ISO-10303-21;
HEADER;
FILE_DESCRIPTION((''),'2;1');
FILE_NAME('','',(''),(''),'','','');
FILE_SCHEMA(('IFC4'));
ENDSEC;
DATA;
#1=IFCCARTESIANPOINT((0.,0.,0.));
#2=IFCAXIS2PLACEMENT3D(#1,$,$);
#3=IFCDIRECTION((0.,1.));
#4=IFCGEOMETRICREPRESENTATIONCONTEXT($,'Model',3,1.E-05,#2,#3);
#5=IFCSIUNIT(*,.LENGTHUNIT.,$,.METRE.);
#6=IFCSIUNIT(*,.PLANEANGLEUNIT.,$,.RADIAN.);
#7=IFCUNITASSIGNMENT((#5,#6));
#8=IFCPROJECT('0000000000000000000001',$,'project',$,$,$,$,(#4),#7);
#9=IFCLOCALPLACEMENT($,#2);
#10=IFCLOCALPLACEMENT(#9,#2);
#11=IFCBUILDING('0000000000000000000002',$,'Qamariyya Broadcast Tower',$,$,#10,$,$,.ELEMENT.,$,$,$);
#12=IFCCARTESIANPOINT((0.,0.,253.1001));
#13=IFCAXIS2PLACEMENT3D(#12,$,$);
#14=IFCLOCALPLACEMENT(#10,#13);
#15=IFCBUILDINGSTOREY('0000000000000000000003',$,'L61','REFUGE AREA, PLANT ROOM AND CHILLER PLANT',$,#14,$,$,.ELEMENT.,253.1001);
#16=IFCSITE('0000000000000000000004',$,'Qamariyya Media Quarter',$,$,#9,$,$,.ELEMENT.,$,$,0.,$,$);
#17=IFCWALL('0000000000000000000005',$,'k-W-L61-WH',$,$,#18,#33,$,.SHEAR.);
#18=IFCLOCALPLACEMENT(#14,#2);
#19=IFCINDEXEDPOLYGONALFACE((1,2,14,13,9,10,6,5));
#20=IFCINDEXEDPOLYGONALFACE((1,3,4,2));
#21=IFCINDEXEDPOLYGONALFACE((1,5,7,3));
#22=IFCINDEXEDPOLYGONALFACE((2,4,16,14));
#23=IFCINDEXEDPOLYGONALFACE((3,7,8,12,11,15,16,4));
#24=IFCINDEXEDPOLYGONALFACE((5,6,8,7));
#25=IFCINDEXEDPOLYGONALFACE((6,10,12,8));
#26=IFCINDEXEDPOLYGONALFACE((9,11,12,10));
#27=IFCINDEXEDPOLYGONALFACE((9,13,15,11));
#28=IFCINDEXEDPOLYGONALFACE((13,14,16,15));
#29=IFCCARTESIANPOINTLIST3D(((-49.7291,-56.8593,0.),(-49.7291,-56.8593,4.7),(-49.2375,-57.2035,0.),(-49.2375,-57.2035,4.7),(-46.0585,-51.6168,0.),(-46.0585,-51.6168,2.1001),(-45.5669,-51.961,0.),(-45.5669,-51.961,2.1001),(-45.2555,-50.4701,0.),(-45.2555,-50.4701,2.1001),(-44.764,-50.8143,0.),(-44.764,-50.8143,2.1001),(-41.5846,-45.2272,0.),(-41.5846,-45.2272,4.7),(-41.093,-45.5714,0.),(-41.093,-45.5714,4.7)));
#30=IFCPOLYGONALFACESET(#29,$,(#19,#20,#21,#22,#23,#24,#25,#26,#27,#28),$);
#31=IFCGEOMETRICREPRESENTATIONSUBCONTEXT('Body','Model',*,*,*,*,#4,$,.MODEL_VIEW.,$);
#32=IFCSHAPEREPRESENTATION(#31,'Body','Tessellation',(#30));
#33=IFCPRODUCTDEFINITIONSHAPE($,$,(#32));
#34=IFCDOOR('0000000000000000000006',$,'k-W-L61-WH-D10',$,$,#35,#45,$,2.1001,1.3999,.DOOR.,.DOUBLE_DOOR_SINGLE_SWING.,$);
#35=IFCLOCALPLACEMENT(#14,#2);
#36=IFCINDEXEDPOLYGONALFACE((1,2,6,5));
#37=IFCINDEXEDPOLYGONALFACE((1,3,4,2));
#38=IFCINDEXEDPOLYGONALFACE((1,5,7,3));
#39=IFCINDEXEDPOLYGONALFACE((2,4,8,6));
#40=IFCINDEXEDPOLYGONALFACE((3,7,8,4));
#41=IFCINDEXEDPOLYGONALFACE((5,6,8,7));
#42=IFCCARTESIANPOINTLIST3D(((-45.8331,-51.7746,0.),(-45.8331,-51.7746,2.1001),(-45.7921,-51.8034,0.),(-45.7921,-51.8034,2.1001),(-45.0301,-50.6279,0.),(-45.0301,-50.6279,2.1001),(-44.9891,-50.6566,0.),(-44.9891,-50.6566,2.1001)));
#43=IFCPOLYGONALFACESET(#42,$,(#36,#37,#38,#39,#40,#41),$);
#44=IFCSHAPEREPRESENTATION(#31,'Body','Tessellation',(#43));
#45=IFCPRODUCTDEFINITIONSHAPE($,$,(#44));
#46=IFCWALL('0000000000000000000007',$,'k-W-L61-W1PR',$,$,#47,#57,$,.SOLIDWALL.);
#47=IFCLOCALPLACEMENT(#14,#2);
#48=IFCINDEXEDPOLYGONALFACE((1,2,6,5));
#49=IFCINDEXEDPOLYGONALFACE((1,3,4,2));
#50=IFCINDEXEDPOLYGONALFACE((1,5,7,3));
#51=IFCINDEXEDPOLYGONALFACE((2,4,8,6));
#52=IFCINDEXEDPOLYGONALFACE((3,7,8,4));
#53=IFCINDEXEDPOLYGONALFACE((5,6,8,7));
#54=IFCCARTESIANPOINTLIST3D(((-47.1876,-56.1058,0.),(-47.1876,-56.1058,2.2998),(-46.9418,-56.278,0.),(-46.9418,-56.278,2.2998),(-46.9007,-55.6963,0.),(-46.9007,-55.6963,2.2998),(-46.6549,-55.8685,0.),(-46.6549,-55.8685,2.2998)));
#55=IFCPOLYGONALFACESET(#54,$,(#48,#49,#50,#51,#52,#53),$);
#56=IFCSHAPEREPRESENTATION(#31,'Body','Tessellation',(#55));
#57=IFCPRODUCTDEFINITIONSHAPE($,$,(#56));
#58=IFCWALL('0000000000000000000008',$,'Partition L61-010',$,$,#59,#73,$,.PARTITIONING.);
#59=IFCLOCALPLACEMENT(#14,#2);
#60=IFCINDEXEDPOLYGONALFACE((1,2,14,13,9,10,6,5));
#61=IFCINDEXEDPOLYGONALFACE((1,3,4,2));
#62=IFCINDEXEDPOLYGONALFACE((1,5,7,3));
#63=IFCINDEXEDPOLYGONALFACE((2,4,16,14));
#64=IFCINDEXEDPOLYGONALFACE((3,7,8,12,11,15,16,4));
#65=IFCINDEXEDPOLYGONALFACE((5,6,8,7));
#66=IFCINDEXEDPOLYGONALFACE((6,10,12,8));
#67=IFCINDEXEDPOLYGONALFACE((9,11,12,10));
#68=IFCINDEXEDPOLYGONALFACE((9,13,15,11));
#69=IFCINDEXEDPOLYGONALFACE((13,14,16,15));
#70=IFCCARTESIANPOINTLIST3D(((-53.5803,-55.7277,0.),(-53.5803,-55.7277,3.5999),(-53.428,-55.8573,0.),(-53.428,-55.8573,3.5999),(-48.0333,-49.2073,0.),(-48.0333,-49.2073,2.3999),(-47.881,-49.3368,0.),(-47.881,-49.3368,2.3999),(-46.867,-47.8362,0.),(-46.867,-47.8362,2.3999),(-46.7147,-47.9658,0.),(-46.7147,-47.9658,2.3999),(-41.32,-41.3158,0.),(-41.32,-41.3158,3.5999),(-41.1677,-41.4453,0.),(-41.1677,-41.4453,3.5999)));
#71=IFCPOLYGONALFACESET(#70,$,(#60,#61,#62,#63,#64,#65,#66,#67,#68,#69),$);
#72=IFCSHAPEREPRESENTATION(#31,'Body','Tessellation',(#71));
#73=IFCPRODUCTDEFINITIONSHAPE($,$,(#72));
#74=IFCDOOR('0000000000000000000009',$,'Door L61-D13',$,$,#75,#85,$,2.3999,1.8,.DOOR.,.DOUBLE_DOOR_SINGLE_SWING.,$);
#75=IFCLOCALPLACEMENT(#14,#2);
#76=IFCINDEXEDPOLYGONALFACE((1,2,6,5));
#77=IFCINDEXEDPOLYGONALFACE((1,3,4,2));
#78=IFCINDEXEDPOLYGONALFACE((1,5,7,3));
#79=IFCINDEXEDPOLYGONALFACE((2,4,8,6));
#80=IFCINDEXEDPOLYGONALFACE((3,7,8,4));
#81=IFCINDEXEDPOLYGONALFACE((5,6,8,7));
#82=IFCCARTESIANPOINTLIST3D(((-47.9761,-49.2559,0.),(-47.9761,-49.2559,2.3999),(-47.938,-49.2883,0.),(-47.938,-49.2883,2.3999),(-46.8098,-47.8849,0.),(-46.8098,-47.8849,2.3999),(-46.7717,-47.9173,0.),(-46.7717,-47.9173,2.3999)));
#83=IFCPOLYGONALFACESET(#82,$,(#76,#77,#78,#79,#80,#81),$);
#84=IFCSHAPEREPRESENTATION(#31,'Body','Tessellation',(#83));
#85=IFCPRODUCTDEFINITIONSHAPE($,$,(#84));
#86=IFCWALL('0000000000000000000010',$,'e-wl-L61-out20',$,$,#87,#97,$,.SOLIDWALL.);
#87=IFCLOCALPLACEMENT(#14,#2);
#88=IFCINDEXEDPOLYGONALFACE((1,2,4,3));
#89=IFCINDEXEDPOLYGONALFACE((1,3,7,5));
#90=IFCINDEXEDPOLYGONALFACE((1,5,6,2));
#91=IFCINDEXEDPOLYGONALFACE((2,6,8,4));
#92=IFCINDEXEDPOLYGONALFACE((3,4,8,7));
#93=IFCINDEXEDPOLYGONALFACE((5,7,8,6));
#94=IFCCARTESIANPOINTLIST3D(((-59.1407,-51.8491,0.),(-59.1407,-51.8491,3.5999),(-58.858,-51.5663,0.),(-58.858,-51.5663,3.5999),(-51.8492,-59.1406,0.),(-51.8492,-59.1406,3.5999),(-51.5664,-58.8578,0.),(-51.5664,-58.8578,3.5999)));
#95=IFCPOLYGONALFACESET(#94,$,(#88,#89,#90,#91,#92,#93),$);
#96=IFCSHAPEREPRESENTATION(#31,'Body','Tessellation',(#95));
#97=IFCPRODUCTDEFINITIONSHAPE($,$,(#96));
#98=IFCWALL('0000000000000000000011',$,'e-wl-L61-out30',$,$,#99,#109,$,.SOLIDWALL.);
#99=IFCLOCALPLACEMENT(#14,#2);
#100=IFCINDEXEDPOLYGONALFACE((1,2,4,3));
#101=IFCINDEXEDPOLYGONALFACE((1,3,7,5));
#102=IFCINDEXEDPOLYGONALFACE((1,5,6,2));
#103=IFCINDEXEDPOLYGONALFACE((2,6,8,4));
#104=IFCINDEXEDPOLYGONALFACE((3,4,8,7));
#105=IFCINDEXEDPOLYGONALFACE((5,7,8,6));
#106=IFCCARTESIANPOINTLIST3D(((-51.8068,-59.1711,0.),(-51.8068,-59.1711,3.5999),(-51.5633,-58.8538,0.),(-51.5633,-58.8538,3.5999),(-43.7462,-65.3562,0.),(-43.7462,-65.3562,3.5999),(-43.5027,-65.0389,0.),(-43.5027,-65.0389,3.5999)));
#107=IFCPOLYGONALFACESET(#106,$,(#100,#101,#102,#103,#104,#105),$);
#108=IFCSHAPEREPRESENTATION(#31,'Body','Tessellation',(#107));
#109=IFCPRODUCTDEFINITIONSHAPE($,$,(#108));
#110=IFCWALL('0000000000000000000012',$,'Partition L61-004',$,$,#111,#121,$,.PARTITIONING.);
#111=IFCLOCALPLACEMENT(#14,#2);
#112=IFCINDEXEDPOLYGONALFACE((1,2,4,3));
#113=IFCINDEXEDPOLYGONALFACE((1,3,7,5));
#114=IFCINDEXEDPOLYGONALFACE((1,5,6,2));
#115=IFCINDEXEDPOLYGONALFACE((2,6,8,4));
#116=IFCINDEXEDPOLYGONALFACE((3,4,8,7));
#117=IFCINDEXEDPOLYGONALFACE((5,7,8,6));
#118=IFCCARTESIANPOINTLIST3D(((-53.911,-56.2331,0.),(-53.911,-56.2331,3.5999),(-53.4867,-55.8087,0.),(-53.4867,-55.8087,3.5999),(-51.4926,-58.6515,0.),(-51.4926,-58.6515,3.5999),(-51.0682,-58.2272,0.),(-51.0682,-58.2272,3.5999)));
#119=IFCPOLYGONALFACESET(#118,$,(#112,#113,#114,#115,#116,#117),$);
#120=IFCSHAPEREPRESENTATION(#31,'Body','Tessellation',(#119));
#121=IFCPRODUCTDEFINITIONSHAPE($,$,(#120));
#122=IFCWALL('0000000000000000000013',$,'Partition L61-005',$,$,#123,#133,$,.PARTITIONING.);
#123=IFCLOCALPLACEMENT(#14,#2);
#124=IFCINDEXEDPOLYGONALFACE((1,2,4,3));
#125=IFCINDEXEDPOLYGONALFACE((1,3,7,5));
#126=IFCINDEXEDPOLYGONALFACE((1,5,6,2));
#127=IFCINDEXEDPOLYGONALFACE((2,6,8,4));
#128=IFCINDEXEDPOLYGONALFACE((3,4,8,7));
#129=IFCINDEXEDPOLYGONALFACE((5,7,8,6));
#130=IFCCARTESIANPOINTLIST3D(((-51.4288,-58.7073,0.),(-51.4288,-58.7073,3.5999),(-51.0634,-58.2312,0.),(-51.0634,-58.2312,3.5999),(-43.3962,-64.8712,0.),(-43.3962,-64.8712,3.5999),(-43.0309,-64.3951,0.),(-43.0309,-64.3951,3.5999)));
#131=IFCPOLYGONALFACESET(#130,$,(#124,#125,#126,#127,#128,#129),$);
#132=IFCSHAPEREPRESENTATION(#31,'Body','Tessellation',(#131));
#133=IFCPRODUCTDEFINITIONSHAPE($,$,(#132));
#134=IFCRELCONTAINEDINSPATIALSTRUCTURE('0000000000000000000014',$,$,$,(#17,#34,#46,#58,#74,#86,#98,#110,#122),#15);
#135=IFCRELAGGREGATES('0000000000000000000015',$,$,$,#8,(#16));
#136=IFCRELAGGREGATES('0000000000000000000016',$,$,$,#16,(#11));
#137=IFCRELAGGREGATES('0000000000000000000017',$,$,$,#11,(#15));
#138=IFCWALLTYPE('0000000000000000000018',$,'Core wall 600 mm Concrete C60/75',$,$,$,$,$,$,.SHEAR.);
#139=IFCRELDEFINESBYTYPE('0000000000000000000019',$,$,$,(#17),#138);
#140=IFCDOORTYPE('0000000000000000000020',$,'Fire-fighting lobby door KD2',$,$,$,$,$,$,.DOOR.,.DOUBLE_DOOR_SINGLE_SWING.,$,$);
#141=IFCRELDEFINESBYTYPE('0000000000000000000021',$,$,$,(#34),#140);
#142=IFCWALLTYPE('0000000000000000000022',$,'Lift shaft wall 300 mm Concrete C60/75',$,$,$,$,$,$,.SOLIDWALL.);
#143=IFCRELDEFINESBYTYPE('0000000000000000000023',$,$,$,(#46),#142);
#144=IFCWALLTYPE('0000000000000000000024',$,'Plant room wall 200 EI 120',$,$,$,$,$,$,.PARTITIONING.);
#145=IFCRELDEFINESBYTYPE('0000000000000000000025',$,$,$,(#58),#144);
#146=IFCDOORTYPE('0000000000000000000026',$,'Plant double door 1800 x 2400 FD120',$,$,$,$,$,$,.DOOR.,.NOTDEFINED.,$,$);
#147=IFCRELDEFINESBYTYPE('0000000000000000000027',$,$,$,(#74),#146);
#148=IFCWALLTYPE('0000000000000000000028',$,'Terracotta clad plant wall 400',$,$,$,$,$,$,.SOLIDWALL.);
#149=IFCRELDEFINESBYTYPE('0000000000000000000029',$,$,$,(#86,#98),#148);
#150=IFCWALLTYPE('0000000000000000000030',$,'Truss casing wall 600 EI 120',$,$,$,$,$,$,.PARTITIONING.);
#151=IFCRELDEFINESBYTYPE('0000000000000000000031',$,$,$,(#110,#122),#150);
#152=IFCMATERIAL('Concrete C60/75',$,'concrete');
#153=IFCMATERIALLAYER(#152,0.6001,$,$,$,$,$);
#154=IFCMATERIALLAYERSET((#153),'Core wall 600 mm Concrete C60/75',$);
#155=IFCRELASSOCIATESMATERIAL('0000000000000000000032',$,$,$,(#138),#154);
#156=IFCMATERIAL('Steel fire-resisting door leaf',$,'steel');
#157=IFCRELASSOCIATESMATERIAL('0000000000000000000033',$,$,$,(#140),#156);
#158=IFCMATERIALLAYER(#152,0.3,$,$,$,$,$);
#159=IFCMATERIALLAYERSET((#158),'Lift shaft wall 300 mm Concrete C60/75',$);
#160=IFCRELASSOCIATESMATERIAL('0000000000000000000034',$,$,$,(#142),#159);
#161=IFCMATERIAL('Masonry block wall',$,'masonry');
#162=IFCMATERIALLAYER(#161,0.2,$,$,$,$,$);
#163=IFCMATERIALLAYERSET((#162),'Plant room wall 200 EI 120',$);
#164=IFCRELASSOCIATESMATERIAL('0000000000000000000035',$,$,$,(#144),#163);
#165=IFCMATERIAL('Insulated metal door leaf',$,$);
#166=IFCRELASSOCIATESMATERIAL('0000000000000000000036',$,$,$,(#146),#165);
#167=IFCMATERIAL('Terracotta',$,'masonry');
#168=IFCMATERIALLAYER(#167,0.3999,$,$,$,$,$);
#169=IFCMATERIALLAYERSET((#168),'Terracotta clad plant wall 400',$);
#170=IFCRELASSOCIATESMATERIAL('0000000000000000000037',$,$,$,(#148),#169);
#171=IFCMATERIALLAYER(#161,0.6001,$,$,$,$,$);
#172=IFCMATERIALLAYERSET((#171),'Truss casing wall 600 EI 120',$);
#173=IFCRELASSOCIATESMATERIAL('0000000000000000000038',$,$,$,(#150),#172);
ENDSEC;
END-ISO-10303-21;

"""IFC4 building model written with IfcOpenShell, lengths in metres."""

from ifc_helpers import new_model, si_unit, direction, frame, frame_2d, origin, place, context, subcontext, project, spatial, rectangle, extrude, material, layer, layer_set, type_object, element, fill, save


model = new_model("IFC4")

# Units and contexts
model_context = context("Model", 3, precision=1e-05, world=origin(), true_north=direction((0.0, 1.0)))
body_context = subcontext(model_context, "Body", "Model", "MODEL_VIEW")
ifc_project = project(units=[si_unit("LENGTHUNIT", "METRE"), si_unit("PLANEANGLEUNIT", "RADIAN")], contexts=[model_context])

# Site, building, storey
site_placement = place(None, origin())
site = spatial("IfcSite", under=ifc_project, at=site_placement, Name="Qamariyya Media Quarter", CompositionType="ELEMENT", RefElevation=0.0)
building_placement = place(site_placement, origin())
building = spatial("IfcBuilding", under=site, at=building_placement, Name="Qamariyya Broadcast Tower", CompositionType="ELEMENT")
storey_placement = place(building_placement, frame((0.0, 0.0, 253.1001)))
storey = spatial("IfcBuildingStorey", under=building, at=storey_placement, Name="L61", Description="REFUGE AREA, PLANT ROOM AND CHILLER PLANT", CompositionType="ELEMENT", Elevation=253.1001)

# Shared definitions
ifc_material_1 = material(Name="Concrete C60/75", Category="concrete")

# Wall, opening, door
ifc_layer_1 = layer(ifc_material_1, 0.6001)
ifc_layer_set_1 = layer_set([ifc_layer_1], Name="Core wall 600 mm Concrete C60/75")
wall_type_1 = type_object("IfcWallType", Name="Core wall 600 mm Concrete C60/75", PredefinedType="SHEAR", material=ifc_layer_set_1)
wall_1_placement = place(storey_placement, frame((-49.4834, -57.0315, 0.0), z_axis=(0.0, 0.0, 1.0), x_axis=(0.57356, 0.819163, 0.0)))
wall_1 = element("IfcWall", 1, at=wall_1_placement, inside=storey, type_object=wall_type_1, Name="k-W-L61-WH", PredefinedType="SHEAR", context=body_context, shape_type="SweptSolid", body=[
    extrude(rectangle(XDim=14.2, YDim=0.6001, at=frame_2d((7.1001, 0.0))), origin(), (0.0, 0.0, 1.0), 4.7),
])
opening_1_placement = place(wall_1_placement, frame((6.3999, 0.0, 0.0)))
opening_1 = element("IfcOpeningElement", 2, at=opening_1_placement, cuts=wall_1, PredefinedType="OPENING", context=body_context, shape_type="SweptSolid", body=[
    extrude(rectangle(XDim=1.3999, YDim=2.1001, at=frame_2d((0.7, 1.05))), frame((0.0, 0.3101, 0.0), z_axis=(0.0, -1.0, 0.0), x_axis=(1.0, 0.0, 0.0)), (0.0, 0.0, 1.0), 0.6201),
])
ifc_material_2 = material(Name="Steel fire-resisting door leaf", Category="steel")
door_type_1 = type_object("IfcDoorType", Name="Fire-fighting lobby door KD2", OperationType="DOUBLE_DOOR_SINGLE_SWING", PredefinedType="DOOR", material=ifc_material_2)
door_1_placement = place(opening_1_placement, origin())
door_1 = element("IfcDoor", 3, at=door_1_placement, inside=storey, type_object=door_type_1, Name="k-W-L61-WH-D10", OperationType="DOUBLE_DOOR_SINGLE_SWING", OverallHeight=2.1001, OverallWidth=1.3999, PredefinedType="DOOR", context=body_context, shape_type="SweptSolid", body=[
    extrude(rectangle(XDim=1.3999, YDim=2.1001, at=frame_2d((0.7, 1.05))), frame((0.0, 0.0249, 0.0), z_axis=(0.0, -1.0, 0.0), x_axis=(1.0, 0.0, 0.0)), (0.0, 0.0, 1.0), 0.05),
])
fill(opening_1, door_1)

# Wall
ifc_layer_2 = layer(ifc_material_1, 0.3)
ifc_layer_set_2 = layer_set([ifc_layer_2], Name="Lift shaft wall 300 mm Concrete C60/75")
wall_type_2 = type_object("IfcWallType", Name="Lift shaft wall 300 mm Concrete C60/75", PredefinedType="SOLIDWALL", material=ifc_layer_set_2)
wall_2_placement = place(storey_placement, frame((-47.0647, -56.1919, 0.0), z_axis=(0.0, 0.0, 1.0), x_axis=(0.573823, 0.818979, 0.0)))
element("IfcWall", 4, at=wall_2_placement, inside=storey, type_object=wall_type_2, Name="k-W-L61-W1PR", PredefinedType="SOLIDWALL", context=body_context, shape_type="SweptSolid", body=[
    extrude(rectangle(XDim=0.5, YDim=0.3, at=frame_2d((0.25, 0.0))), origin(), (0.0, 0.0, 1.0), 2.2998),
])

# Wall, opening, door
ifc_material_3 = material(Name="Masonry block wall", Category="masonry")
ifc_layer_3 = layer(ifc_material_3, 0.2)
ifc_layer_set_3 = layer_set([ifc_layer_3], Name="Plant room wall 200 EI 120")
wall_type_3 = type_object("IfcWallType", Name="Plant room wall 200 EI 120", PredefinedType="PARTITIONING", material=ifc_layer_set_3)
wall_3_placement = place(storey_placement, frame((-53.5042, -55.7925, 0.0), z_axis=(0.0, 0.0, 1.0), x_axis=(0.64796, 0.761674, 0.0)))
wall_3 = element("IfcWall", 5, at=wall_3_placement, inside=storey, type_object=wall_type_3, Name="Partition L61-010", PredefinedType="PARTITIONING", context=body_context, shape_type="SweptSolid", body=[
    extrude(rectangle(XDim=18.9214, YDim=0.2, at=frame_2d((9.4607, 0.0))), origin(), (0.0, 0.0, 1.0), 3.5999),
])
opening_2_placement = place(wall_3_placement, frame((8.5608, 0.0, 0.0)))
opening_2 = element("IfcOpeningElement", 6, at=opening_2_placement, cuts=wall_3, PredefinedType="OPENING", context=body_context, shape_type="SweptSolid", body=[
    extrude(rectangle(XDim=1.8, YDim=2.3999, at=frame_2d((0.8999, 1.2))), frame((0.0, 0.1099, 0.0), z_axis=(0.0, -1.0, 0.0), x_axis=(1.0, 0.0, 0.0)), (0.0, 0.0, 1.0), 0.22),
])
ifc_material_4 = material(Name="Insulated metal door leaf")
door_type_2 = type_object("IfcDoorType", Name="Plant double door 1800 x 2400 FD120", OperationType="NOTDEFINED", PredefinedType="DOOR", material=ifc_material_4)
door_2_placement = place(opening_2_placement, origin())
door_2 = element("IfcDoor", 7, at=door_2_placement, inside=storey, type_object=door_type_2, Name="Door L61-D13", OperationType="DOUBLE_DOOR_SINGLE_SWING", OverallHeight=2.3999, OverallWidth=1.8, PredefinedType="DOOR", context=body_context, shape_type="SweptSolid", body=[
    extrude(rectangle(XDim=1.8, YDim=2.3999, at=frame_2d((0.8999, 1.2))), frame((0.0, 0.0249, 0.0), z_axis=(0.0, -1.0, 0.0), x_axis=(1.0, 0.0, 0.0)), (0.0, 0.0, 1.0), 0.05),
])
fill(opening_2, door_2)

# Walls
ifc_material_5 = material(Name="Terracotta", Category="masonry")
ifc_layer_4 = layer(ifc_material_5, 0.3999)
ifc_layer_set_4 = layer_set([ifc_layer_4], Name="Terracotta clad plant wall 400")
wall_type_4 = type_object("IfcWallType", Name="Terracotta clad plant wall 400", PredefinedType="SOLIDWALL", material=ifc_layer_set_4)
wall_4_placement = place(storey_placement, frame((-58.9993, -51.7078, 0.0), z_axis=(0.0, 0.0, 1.0), x_axis=(0.707107, -0.707107, 0.0)))
element("IfcWall", 8, at=wall_4_placement, inside=storey, type_object=wall_type_4, Name="e-wl-L61-out20", PredefinedType="SOLIDWALL", context=body_context, shape_type="SweptSolid", body=[
    extrude(rectangle(XDim=10.3118, YDim=0.3999, at=frame_2d((5.1558, 0.0))), origin(), (0.0, 0.0, 1.0), 3.5999),
])
wall_5_placement = place(storey_placement, frame((-51.6851, -59.0125, 0.0), z_axis=(0.0, 0.0, 1.0), x_axis=(0.793354, -0.60876, 0.0)))
element("IfcWall", 9, at=wall_5_placement, inside=storey, type_object=wall_type_4, Name="e-wl-L61-out30", PredefinedType="SOLIDWALL", context=body_context, shape_type="SweptSolid", body=[
    extrude(rectangle(XDim=10.1602, YDim=0.3999, at=frame_2d((5.0801, 0.0))), origin(), (0.0, 0.0, 1.0), 3.5999),
])
ifc_layer_5 = layer(ifc_material_3, 0.6001)
ifc_layer_set_5 = layer_set([ifc_layer_5], Name="Truss casing wall 600 EI 120")
wall_type_5 = type_object("IfcWallType", Name="Truss casing wall 600 EI 120", PredefinedType="PARTITIONING", material=ifc_layer_set_5)
wall_6_placement = place(storey_placement, frame((-53.6987, -56.021, 0.0), z_axis=(0.0, 0.0, 1.0), x_axis=(0.707107, -0.707107, 0.0)))
element("IfcWall", 10, at=wall_6_placement, inside=storey, type_object=wall_type_5, Name="Partition L61-004", PredefinedType="PARTITIONING", context=body_context, shape_type="SweptSolid", body=[
    extrude(rectangle(XDim=3.4202, YDim=0.6001, at=frame_2d((1.71, 0.0))), origin(), (0.0, 0.0, 1.0), 3.5999),
])
wall_7_placement = place(storey_placement, frame((-51.2461, -58.4692, 0.0), z_axis=(0.0, 0.0, 1.0), x_axis=(0.79334, -0.608779, 0.0)))
element("IfcWall", 11, at=wall_7_placement, inside=storey, type_object=wall_type_5, Name="Partition L61-005", PredefinedType="PARTITIONING", context=body_context, shape_type="SweptSolid", body=[
    extrude(rectangle(XDim=10.125, YDim=0.6001, at=frame_2d((5.0625, 0.0))), origin(), (0.0, 0.0, 1.0), 3.5999),
])

save(model, "model.ifc")
